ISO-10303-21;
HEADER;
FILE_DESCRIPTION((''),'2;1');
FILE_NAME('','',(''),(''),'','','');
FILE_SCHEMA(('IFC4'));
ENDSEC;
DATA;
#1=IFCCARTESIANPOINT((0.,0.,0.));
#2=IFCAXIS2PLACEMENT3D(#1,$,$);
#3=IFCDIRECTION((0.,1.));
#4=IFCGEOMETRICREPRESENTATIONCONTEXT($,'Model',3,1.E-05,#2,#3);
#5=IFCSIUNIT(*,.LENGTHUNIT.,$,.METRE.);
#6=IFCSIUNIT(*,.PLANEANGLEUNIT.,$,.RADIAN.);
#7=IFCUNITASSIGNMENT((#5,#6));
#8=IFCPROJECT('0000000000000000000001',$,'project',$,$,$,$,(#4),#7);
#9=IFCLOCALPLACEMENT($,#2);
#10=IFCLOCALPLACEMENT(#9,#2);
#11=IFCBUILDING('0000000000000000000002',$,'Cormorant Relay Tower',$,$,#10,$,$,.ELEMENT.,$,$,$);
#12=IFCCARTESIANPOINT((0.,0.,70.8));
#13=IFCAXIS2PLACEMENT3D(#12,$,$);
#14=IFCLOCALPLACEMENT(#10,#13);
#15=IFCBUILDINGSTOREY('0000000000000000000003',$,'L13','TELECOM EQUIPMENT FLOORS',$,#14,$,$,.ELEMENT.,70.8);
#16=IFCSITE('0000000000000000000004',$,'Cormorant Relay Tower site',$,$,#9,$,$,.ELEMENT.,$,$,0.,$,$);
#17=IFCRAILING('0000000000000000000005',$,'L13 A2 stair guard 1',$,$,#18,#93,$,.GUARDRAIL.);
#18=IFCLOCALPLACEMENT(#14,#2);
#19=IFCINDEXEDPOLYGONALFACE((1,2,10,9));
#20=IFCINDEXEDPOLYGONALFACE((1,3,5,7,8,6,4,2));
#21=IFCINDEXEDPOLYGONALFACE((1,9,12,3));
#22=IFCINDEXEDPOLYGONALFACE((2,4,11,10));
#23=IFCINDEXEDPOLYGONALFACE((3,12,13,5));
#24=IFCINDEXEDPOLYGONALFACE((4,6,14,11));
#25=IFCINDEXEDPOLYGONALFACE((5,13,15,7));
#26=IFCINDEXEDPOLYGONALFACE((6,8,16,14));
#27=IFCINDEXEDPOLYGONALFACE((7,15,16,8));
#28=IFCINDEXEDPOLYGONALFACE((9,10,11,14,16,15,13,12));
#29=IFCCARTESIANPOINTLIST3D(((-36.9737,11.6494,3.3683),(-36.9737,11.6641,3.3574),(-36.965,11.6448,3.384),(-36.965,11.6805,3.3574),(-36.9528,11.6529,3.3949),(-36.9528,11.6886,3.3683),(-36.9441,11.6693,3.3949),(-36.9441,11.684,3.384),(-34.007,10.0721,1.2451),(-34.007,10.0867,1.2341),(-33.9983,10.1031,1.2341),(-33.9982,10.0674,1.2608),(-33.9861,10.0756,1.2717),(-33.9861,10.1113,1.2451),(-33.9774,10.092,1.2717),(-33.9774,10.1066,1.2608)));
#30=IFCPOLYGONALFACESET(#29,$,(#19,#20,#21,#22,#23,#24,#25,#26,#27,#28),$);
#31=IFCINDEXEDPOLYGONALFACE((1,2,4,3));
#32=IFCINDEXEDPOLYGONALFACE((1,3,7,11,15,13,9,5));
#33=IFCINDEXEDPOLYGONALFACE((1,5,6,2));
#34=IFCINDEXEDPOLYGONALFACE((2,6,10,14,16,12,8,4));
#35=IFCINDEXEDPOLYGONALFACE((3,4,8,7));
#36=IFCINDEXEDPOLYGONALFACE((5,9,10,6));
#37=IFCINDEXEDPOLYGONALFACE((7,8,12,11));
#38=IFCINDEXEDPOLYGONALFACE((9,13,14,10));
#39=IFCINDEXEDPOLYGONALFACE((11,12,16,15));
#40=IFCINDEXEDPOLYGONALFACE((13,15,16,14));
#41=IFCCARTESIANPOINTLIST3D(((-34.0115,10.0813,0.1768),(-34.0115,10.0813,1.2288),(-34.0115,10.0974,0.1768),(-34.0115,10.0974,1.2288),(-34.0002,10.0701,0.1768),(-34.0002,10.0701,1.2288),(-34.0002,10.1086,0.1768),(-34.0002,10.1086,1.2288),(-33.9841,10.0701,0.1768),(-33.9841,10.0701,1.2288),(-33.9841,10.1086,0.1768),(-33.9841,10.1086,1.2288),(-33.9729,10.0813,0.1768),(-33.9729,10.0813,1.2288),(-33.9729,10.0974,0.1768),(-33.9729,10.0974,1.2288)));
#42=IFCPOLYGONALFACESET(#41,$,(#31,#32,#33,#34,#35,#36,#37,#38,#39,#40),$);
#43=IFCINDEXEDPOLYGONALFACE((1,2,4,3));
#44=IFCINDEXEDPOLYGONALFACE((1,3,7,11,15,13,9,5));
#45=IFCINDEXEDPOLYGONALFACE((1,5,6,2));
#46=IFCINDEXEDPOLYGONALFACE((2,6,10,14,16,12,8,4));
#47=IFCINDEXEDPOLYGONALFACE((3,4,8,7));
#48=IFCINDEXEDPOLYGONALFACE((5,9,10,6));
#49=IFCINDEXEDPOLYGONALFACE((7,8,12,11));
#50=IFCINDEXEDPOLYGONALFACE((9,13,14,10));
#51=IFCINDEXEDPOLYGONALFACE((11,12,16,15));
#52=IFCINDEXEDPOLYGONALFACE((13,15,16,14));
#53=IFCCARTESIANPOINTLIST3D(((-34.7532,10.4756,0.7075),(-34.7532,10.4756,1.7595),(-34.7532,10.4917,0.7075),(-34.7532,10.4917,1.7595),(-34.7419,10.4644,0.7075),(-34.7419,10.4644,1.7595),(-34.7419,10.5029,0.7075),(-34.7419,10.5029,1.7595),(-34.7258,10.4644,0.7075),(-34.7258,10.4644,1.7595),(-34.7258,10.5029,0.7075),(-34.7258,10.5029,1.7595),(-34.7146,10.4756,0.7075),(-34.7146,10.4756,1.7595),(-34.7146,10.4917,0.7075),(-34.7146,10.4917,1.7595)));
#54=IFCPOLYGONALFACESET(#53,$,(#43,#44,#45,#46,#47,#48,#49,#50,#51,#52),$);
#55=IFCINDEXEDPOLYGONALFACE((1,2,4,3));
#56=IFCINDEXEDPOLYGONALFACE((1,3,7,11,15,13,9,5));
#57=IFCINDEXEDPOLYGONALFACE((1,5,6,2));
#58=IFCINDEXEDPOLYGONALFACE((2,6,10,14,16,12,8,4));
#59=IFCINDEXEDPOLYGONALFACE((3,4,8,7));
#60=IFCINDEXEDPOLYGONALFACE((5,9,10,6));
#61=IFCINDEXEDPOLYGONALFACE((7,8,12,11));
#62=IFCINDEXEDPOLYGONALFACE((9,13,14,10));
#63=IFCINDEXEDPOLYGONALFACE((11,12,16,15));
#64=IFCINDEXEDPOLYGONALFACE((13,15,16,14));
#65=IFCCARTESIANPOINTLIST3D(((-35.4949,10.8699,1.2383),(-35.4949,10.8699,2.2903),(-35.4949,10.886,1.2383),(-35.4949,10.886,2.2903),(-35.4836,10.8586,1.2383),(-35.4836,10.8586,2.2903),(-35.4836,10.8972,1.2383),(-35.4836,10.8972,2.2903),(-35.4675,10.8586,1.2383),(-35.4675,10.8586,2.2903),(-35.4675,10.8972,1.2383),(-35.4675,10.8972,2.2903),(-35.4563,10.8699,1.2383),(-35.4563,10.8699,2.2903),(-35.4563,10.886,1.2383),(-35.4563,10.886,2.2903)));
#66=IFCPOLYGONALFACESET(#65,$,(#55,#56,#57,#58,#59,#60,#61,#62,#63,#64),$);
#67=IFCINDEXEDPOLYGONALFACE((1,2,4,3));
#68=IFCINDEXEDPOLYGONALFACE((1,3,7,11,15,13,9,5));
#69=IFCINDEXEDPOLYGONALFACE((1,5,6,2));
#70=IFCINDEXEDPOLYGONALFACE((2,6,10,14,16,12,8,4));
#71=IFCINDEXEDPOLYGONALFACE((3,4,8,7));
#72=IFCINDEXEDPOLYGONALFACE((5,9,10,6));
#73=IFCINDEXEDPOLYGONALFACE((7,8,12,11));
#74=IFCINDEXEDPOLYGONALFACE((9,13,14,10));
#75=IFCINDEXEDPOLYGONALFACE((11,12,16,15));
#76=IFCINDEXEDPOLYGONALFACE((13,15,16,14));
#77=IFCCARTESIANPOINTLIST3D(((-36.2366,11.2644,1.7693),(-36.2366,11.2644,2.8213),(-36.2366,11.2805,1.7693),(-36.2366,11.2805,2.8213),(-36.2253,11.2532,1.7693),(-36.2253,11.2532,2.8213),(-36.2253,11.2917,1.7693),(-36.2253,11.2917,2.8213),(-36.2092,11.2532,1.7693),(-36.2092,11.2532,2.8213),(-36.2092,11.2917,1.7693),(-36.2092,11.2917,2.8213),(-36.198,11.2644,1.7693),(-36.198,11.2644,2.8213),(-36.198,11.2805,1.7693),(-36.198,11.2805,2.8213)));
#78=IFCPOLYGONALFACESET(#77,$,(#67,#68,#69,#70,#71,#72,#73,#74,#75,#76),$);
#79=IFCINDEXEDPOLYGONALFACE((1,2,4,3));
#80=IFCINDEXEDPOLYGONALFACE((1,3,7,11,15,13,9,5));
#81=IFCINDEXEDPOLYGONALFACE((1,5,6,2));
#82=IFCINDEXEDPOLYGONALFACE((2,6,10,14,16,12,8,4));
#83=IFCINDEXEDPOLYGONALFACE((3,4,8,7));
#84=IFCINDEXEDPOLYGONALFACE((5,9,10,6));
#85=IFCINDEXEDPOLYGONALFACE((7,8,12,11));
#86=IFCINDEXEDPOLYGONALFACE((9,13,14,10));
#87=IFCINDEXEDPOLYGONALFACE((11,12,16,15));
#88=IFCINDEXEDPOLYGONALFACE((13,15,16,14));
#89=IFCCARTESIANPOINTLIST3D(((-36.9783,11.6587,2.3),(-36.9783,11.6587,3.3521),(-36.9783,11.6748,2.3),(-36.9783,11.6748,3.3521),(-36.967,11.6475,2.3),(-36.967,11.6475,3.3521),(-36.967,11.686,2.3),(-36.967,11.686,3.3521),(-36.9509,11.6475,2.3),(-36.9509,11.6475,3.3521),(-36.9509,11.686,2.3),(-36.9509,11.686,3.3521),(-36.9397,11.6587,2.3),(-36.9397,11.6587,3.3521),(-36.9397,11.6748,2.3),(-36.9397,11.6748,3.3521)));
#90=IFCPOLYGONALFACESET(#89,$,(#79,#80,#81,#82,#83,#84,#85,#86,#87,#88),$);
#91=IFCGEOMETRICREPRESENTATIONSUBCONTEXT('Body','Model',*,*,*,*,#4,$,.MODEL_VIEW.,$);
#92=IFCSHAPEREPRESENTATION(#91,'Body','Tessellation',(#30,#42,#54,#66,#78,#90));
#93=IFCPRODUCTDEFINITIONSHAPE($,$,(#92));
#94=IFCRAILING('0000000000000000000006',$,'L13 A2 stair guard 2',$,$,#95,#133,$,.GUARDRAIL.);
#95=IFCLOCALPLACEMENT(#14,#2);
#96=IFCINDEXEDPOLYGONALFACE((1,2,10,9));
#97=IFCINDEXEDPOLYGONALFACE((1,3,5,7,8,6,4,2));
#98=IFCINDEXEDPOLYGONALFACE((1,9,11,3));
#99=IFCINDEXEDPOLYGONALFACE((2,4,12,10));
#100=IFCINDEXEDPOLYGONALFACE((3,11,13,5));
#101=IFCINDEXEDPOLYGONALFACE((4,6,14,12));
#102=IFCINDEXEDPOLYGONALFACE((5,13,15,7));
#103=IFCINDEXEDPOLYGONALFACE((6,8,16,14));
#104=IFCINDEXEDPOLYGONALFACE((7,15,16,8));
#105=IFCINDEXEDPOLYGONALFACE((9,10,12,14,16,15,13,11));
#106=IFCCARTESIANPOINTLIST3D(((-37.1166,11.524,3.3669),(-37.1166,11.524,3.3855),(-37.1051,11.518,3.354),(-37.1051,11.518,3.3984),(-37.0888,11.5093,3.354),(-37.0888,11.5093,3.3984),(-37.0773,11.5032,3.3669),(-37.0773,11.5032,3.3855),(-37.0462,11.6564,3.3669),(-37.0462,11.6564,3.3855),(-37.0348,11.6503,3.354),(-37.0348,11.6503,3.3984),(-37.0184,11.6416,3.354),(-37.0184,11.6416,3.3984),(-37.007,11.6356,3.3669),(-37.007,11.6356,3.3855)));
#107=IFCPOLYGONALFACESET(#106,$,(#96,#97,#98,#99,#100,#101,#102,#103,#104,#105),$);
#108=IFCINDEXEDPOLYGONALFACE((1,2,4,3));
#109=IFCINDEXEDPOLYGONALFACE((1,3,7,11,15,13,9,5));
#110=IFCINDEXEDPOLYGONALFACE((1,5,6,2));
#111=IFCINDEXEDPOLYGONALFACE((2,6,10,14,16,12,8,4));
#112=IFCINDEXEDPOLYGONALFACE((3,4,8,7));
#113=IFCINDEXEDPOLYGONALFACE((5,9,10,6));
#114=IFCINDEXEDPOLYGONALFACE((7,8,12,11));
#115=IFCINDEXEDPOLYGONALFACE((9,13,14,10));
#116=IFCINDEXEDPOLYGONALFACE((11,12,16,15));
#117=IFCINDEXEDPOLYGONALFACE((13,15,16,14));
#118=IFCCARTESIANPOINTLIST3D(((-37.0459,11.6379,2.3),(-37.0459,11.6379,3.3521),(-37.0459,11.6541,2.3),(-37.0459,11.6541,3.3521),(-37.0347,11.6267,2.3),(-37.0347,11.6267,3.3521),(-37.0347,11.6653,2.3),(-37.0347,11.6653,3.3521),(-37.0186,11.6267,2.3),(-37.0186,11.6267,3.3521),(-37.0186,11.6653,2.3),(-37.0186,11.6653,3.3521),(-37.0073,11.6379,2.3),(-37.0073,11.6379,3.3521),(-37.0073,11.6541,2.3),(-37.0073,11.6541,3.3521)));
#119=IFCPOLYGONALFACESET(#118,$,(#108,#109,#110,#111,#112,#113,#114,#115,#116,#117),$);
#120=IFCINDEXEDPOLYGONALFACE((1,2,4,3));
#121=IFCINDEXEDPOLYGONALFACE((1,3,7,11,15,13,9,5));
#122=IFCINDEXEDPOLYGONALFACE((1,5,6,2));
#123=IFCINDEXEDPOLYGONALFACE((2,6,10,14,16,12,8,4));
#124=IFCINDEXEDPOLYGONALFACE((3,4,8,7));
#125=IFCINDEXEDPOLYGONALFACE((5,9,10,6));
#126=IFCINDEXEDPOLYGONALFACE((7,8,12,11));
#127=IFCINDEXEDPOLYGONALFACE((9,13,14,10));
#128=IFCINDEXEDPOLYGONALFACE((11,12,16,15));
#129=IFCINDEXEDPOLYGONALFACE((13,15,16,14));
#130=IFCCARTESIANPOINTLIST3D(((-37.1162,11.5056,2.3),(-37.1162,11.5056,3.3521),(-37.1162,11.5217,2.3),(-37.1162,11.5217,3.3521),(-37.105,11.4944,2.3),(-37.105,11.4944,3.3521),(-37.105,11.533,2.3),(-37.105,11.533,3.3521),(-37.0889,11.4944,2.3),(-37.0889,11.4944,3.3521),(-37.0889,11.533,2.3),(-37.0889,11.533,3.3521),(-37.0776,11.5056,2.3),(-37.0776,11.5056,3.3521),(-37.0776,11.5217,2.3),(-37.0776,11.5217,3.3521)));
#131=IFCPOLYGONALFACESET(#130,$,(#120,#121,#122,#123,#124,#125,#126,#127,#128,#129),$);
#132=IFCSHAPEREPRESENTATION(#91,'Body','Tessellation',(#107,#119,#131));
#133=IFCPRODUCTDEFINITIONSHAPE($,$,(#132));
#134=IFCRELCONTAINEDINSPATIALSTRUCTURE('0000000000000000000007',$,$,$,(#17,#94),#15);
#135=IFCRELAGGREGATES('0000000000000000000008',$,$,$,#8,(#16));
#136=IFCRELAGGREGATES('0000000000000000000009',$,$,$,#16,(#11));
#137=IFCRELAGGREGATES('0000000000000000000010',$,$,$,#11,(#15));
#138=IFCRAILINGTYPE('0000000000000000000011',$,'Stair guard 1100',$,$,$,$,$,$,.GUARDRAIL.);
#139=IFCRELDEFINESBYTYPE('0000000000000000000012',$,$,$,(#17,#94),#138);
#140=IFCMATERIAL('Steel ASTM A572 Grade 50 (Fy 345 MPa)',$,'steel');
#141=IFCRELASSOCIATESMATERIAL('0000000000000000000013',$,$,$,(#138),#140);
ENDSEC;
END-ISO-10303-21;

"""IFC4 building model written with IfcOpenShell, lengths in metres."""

from ifc_helpers import new_model, si_unit, direction, frame, origin, place, context, subcontext, project, spatial, polyline, outline, extrude, material, type_object, element, save


model = new_model("IFC4")

# Units and contexts
model_context = context("Model", 3, precision=1e-05, world=origin(), true_north=direction((0.0, 1.0)))
body_context = subcontext(model_context, "Body", "Model", "MODEL_VIEW")
ifc_project = project(units=[si_unit("LENGTHUNIT", "METRE"), si_unit("PLANEANGLEUNIT", "RADIAN")], contexts=[model_context])

# Site, building, storey
site_placement = place(None, origin())
site = spatial("IfcSite", under=ifc_project, at=site_placement, Name="Cormorant Relay Tower site", CompositionType="ELEMENT", RefElevation=0.0)
building_placement = place(site_placement, origin())
building = spatial("IfcBuilding", under=site, at=building_placement, Name="Cormorant Relay Tower", CompositionType="ELEMENT")
storey_placement = place(building_placement, frame((0.0, 0.0, 70.8)))
storey = spatial("IfcBuildingStorey", under=building, at=storey_placement, Name="L13", Description="TELECOM EQUIPMENT FLOORS", CompositionType="ELEMENT", Elevation=70.8)

# Railings
ifc_material_1 = material(Name="Steel ASTM A572 Grade 50 (Fy 345 MPa)", Category="steel")
railing_type_1 = type_object("IfcRailingType", Name="Stair guard 1100", PredefinedType="GUARDRAIL", material=ifc_material_1)
railing_1_placement = place(storey_placement, frame((-33.9922, 10.0894, 0.1768)))
element("IfcRailing", 1, at=railing_1_placement, inside=storey, type_object=railing_type_1, Name="L13 A2 stair guard 1", PredefinedType="GUARDRAIL", context=body_context, shape_type="SweptSolid", body=[
    extrude(outline(polyline([(0.0222, 0.0093), (0.0093, 0.0222), (-0.0093, 0.0222), (-0.0222, 0.0093), (-0.0222, -0.0093), (-0.0093, -0.0222), (0.0093, -0.0222), (0.0222, -0.0093), (0.0222, 0.0093)])), frame((0.0, 0.0, 1.0762), z_axis=(-0.746416, 0.396856, 0.534199), x_axis=(-0.469453, -0.882958, 0.0)), (0.0, 0.0, 1.0), 3.9746),
    extrude(outline(polyline([(0.0193, 0.0081), (0.0081, 0.0193), (-0.0081, 0.0193), (-0.0193, 0.0081), (-0.0193, -0.0081), (-0.0081, -0.0193), (0.0081, -0.0193), (0.0193, -0.0081), (0.0193, 0.0081)])), origin(), (0.0, 0.0, 1.0), 1.052),
    extrude(outline(polyline([(0.0193, 0.0081), (0.0081, 0.0193), (-0.0081, 0.0193), (-0.0193, 0.0081), (-0.0193, -0.0081), (-0.0081, -0.0193), (0.0081, -0.0193), (0.0193, -0.0081), (0.0193, 0.0081)])), frame((-0.7417, 0.3943, 0.5308)), (0.0, 0.0, 1.0), 1.052),
    extrude(outline(polyline([(0.0193, 0.0081), (0.0081, 0.0193), (-0.0081, 0.0193), (-0.0193, 0.0081), (-0.0193, -0.0081), (-0.0081, -0.0193), (0.0081, -0.0193), (0.0193, -0.0081), (0.0193, 0.0081)])), frame((-1.4834, 0.7886, 1.0615)), (0.0, 0.0, 1.0), 1.052),
    extrude(outline(polyline([(0.0193, 0.0081), (0.0081, 0.0193), (-0.0081, 0.0193), (-0.0193, 0.0081), (-0.0193, -0.0081), (-0.0081, -0.0193), (0.0081, -0.0193), (0.0193, -0.0081), (0.0193, 0.0081)])), frame((-2.2251, 1.1831, 1.5925)), (0.0, 0.0, 1.0), 1.052),
    extrude(outline(polyline([(0.0193, 0.0081), (0.0081, 0.0193), (-0.0081, 0.0193), (-0.0193, 0.0081), (-0.0193, -0.0081), (-0.0081, -0.0193), (0.0081, -0.0193), (0.0193, -0.0081), (0.0193, 0.0081)])), frame((-2.9668, 1.5774, 2.1233)), (0.0, 0.0, 1.0), 1.052),
])
railing_2_placement = place(storey_placement, frame((-37.0266, 11.646, 2.3)))
element("IfcRailing", 2, at=railing_2_placement, inside=storey, type_object=railing_type_1, Name="L13 A2 stair guard 2", PredefinedType="GUARDRAIL", context=body_context, shape_type="SweptSolid", body=[
    extrude(outline(polyline([(0.0222, 0.0093), (0.0093, 0.0222), (-0.0093, 0.0222), (-0.0222, 0.0093), (-0.0222, -0.0093), (-0.0093, -0.0222), (0.0093, -0.0222), (0.0222, -0.0093), (0.0222, 0.0093)])), frame((0.0, 0.0, 1.0762), z_axis=(-0.469235, -0.883074, 0.0), x_axis=(0.883074, -0.469235, 0.0)), (0.0, 0.0, 1.0), 0.1499),
    extrude(outline(polyline([(0.0193, 0.0081), (0.0081, 0.0193), (-0.0081, 0.0193), (-0.0193, 0.0081), (-0.0193, -0.0081), (-0.0081, -0.0193), (0.0081, -0.0193), (0.0193, -0.0081), (0.0193, 0.0081)])), origin(), (0.0, 0.0, 1.0), 1.052),
    extrude(outline(polyline([(0.0193, 0.0081), (0.0081, 0.0193), (-0.0081, 0.0193), (-0.0193, 0.0081), (-0.0193, -0.0081), (-0.0081, -0.0193), (0.0081, -0.0193), (0.0193, -0.0081), (0.0193, 0.0081)])), frame((-0.0703, -0.1323, 0.0)), (0.0, 0.0, 1.0), 1.052),
])

save(model, "model.ifc")
